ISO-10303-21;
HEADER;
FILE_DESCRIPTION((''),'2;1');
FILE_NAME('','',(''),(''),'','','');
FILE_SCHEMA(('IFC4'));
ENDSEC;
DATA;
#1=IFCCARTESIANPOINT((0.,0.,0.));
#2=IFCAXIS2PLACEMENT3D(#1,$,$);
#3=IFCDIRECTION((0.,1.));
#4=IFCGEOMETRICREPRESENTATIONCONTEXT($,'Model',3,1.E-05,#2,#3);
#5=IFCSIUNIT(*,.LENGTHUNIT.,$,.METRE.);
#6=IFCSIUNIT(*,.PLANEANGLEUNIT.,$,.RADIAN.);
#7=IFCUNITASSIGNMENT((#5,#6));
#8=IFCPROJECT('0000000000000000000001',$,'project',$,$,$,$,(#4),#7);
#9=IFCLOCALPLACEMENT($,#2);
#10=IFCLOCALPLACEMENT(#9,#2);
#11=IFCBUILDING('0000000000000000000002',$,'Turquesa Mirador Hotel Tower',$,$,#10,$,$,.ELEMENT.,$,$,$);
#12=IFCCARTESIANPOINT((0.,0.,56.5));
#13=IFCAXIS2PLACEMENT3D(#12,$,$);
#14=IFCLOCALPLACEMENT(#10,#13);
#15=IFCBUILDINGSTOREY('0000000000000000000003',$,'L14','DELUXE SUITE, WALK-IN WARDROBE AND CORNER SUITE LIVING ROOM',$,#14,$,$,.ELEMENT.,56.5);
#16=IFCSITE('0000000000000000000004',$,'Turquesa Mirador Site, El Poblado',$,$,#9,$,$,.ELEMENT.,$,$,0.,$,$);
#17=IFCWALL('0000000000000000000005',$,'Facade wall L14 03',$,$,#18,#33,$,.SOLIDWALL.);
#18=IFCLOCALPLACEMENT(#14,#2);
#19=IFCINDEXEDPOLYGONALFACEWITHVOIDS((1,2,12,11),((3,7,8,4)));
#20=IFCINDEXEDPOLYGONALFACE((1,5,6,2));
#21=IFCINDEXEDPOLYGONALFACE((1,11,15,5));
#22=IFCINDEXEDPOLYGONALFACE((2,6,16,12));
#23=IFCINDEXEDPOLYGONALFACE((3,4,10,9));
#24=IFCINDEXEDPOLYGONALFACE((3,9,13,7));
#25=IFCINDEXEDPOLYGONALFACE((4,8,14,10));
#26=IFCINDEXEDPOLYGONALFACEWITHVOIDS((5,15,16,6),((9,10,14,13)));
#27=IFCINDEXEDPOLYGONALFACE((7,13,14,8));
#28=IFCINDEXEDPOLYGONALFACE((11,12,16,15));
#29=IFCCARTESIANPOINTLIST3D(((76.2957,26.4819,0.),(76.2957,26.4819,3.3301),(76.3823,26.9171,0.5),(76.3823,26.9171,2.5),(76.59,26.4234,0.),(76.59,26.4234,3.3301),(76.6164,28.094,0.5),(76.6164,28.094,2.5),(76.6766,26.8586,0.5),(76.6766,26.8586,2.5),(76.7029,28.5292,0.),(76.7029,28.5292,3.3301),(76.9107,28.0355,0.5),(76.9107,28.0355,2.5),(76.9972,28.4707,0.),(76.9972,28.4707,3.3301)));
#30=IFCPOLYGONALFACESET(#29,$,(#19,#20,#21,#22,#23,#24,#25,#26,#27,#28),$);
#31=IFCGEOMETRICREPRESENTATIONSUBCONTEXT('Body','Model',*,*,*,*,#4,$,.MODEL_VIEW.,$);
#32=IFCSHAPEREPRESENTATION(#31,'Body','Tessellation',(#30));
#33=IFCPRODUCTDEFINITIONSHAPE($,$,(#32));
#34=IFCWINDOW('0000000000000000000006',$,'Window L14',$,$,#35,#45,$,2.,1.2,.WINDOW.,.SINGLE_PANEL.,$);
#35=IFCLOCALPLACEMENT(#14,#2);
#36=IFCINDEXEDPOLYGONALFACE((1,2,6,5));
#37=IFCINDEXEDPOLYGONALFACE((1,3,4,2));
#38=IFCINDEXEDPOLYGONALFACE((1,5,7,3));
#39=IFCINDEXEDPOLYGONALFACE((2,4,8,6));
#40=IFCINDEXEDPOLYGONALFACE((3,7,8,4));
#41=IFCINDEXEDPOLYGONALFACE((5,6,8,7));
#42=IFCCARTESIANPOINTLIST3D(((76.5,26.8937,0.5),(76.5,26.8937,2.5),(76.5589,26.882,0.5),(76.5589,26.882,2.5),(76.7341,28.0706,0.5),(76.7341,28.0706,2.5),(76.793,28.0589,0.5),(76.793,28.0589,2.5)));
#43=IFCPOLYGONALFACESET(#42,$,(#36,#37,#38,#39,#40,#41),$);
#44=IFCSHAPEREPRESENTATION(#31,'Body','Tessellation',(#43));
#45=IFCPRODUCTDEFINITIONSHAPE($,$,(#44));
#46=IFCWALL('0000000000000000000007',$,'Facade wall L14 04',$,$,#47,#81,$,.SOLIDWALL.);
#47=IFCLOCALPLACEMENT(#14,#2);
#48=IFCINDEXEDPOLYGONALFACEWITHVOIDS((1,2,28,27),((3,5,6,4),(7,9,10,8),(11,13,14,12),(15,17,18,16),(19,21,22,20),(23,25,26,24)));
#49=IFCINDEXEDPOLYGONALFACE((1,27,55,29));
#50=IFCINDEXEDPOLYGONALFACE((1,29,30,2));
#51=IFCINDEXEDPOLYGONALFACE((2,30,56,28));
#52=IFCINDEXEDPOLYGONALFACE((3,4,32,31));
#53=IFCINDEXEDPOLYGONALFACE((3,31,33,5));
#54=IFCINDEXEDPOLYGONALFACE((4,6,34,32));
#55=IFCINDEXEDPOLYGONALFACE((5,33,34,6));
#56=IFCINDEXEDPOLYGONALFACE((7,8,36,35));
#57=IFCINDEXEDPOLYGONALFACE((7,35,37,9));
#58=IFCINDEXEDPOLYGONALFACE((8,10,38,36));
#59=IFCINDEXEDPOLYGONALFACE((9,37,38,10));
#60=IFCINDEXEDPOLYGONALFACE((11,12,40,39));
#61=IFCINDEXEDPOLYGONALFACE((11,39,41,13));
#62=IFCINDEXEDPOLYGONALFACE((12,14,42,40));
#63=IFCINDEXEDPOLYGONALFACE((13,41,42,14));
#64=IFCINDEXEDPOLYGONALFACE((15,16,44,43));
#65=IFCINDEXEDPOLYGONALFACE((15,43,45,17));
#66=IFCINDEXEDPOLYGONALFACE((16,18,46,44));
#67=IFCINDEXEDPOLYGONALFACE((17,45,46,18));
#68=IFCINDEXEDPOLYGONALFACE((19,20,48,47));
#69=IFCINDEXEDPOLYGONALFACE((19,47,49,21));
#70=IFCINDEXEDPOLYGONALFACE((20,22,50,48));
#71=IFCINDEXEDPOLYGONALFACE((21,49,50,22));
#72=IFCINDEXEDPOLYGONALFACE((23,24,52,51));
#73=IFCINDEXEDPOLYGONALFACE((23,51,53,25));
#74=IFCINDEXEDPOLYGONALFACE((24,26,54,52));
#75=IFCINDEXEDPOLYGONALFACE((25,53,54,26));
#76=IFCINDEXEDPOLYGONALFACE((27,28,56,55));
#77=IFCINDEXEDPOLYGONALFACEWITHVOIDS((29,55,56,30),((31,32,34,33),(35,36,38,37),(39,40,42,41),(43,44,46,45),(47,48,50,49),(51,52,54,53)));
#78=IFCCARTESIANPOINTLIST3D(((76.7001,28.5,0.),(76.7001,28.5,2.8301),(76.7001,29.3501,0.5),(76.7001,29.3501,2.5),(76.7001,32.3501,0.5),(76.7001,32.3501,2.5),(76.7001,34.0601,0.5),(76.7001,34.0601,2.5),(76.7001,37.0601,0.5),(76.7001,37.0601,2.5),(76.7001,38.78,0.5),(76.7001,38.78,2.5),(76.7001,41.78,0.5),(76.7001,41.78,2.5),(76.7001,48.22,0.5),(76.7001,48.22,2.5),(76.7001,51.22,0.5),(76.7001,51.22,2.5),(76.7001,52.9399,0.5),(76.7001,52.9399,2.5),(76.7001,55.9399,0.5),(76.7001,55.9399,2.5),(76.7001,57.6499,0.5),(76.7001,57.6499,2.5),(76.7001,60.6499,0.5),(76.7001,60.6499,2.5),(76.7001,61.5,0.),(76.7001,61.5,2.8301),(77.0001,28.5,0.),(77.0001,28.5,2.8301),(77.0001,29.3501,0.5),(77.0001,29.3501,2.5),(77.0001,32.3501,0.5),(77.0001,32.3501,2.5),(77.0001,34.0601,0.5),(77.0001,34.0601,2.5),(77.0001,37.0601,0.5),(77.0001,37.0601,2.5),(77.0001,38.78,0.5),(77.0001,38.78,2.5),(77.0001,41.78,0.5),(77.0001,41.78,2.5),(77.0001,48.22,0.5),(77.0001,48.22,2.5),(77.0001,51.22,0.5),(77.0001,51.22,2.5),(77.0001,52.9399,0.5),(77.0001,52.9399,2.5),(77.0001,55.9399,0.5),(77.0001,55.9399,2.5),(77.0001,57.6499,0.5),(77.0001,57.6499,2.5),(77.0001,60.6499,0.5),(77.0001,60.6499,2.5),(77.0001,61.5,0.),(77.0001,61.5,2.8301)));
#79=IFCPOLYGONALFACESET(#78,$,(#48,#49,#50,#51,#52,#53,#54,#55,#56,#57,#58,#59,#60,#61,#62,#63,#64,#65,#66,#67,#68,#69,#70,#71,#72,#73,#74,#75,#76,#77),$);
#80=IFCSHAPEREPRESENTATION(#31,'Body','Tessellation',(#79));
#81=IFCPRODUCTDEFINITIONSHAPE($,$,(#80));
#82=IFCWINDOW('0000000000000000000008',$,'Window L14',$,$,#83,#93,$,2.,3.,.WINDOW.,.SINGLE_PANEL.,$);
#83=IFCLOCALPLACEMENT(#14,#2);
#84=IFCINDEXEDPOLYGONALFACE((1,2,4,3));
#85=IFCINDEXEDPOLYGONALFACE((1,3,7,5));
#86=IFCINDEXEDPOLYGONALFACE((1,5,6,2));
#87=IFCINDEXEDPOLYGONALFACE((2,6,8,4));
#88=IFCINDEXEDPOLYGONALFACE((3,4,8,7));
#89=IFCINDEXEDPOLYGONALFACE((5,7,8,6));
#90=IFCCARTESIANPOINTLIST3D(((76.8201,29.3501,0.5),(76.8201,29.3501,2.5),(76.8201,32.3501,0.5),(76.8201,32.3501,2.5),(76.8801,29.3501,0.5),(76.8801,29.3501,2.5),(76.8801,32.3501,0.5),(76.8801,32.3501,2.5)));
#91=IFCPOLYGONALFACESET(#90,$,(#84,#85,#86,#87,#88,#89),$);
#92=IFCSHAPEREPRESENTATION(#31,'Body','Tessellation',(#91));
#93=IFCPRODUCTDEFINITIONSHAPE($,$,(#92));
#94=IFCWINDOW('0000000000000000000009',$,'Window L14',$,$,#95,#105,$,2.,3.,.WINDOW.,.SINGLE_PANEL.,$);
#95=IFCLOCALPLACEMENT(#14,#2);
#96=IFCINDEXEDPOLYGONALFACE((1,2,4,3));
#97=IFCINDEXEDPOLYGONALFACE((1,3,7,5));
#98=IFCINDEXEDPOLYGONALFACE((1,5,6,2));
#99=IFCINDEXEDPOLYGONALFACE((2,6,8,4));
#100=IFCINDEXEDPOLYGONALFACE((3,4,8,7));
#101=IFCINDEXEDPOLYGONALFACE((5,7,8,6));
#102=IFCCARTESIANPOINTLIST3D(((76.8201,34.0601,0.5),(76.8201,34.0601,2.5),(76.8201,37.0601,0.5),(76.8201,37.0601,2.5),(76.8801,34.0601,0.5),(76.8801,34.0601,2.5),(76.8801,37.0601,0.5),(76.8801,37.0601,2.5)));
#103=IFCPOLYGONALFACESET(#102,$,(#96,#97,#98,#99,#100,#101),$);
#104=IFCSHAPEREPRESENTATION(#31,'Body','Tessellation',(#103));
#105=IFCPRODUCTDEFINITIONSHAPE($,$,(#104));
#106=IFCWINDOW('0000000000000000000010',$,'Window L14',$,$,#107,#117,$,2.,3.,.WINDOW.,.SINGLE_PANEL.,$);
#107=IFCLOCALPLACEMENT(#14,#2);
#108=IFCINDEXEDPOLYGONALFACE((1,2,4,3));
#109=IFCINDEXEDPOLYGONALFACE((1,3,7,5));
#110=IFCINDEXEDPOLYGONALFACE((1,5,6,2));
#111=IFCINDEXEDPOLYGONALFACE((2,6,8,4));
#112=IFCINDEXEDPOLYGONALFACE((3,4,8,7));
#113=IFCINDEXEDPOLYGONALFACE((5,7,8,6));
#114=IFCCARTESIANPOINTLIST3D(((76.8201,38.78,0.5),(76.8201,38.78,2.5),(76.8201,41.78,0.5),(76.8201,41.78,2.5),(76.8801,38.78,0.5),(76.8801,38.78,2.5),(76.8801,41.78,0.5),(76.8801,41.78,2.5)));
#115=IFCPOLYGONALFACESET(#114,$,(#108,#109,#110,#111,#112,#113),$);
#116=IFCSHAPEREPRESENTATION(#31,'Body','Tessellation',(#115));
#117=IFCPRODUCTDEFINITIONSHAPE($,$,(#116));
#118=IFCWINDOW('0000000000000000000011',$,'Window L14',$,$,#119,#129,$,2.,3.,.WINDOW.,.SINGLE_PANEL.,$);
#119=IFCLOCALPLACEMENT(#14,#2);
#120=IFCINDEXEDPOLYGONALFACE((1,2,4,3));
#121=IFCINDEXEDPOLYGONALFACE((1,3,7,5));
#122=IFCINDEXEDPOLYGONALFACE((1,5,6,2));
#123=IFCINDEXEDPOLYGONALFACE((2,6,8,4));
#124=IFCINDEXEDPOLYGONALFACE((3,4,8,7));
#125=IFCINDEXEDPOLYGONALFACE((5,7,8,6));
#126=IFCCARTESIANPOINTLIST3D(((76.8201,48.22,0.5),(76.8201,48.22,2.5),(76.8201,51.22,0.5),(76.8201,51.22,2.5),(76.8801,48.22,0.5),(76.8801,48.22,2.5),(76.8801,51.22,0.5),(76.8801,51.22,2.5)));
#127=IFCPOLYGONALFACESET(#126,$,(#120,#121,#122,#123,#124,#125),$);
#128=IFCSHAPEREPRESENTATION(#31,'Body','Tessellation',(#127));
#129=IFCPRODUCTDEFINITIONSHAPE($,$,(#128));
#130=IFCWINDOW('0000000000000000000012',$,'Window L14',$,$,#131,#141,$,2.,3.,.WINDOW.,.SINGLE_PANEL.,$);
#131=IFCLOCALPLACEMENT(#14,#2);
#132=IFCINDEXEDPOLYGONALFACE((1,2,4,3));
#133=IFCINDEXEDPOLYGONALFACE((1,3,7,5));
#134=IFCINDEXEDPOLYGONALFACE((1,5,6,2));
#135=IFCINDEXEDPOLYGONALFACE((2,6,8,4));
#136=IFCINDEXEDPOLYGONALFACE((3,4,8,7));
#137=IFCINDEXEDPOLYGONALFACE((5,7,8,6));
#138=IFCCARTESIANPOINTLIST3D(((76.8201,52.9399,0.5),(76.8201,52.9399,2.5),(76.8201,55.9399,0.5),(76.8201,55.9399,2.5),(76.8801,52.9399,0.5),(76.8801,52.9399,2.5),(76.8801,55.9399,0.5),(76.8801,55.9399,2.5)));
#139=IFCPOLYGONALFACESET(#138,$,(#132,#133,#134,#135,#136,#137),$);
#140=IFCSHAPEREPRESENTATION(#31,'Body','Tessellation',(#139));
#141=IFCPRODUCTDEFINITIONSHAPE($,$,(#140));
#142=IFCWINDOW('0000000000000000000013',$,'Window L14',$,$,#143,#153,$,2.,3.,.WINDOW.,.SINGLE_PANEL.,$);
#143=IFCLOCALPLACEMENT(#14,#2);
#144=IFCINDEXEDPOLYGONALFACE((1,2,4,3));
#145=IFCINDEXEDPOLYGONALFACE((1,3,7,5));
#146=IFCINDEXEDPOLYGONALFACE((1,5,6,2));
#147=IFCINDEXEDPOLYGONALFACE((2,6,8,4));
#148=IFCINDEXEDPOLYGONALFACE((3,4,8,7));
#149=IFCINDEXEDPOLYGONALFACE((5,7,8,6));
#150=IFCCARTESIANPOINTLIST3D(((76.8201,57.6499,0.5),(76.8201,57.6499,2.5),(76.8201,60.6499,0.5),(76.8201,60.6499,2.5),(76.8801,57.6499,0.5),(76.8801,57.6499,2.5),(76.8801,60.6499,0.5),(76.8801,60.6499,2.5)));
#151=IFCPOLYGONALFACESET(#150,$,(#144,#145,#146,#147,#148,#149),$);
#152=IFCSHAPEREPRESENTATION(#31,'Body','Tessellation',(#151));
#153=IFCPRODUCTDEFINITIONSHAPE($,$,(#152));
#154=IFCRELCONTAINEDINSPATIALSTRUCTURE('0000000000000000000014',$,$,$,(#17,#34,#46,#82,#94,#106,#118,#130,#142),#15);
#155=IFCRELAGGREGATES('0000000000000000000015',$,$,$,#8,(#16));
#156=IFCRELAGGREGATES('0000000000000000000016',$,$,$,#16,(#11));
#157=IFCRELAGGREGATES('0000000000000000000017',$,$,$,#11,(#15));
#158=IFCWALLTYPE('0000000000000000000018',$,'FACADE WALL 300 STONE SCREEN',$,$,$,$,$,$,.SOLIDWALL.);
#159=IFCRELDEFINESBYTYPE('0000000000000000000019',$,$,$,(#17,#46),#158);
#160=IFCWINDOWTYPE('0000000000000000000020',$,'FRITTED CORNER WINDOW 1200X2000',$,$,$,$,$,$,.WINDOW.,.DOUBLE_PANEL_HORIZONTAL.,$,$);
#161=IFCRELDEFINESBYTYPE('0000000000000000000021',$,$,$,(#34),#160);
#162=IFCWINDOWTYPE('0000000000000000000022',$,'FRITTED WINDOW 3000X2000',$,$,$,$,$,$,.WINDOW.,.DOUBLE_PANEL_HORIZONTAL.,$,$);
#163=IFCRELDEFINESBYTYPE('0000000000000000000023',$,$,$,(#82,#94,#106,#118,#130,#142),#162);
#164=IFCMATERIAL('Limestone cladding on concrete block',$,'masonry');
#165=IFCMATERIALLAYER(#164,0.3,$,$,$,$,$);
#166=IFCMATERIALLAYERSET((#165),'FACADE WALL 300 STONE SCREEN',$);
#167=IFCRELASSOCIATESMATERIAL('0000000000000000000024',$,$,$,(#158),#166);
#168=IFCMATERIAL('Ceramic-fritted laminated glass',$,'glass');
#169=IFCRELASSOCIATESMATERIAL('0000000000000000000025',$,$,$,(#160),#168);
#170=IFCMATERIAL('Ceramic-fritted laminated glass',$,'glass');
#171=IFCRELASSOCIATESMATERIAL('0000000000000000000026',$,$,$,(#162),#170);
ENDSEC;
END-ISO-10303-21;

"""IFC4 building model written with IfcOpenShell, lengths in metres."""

from ifc_helpers import new_model, si_unit, direction, frame, frame_2d, origin, place, context, subcontext, project, spatial, rectangle, extrude, material, layer, layer_set, type_object, element, fill, save


model = new_model("IFC4")

# Units and contexts
model_context = context("Model", 3, precision=1e-05, world=origin(), true_north=direction((0.0, 1.0)))
body_context = subcontext(model_context, "Body", "Model", "MODEL_VIEW")
ifc_project = project(units=[si_unit("LENGTHUNIT", "METRE"), si_unit("PLANEANGLEUNIT", "RADIAN")], contexts=[model_context])

# Site, building, storey
site_placement = place(None, origin())
site = spatial("IfcSite", under=ifc_project, at=site_placement, Name="Turquesa Mirador Site, El Poblado", CompositionType="ELEMENT", RefElevation=0.0)
building_placement = place(site_placement, origin())
building = spatial("IfcBuilding", under=site, at=building_placement, Name="Turquesa Mirador Hotel Tower", CompositionType="ELEMENT")
storey_placement = place(building_placement, frame((0.0, 0.0, 56.5)))
storey = spatial("IfcBuildingStorey", under=building, at=storey_placement, Name="L14", Description="DELUXE SUITE, WALK-IN WARDROBE AND CORNER SUITE LIVING ROOM", CompositionType="ELEMENT", Elevation=56.5)

# Wall, opening, window
ifc_material_1 = material(Name="Limestone cladding on concrete block", Category="masonry")
ifc_layer_1 = layer(ifc_material_1, 0.3)
ifc_layer_set_1 = layer_set([ifc_layer_1], Name="FACADE WALL 300 STONE SCREEN")
wall_type_1 = type_object("IfcWallType", Name="FACADE WALL 300 STONE SCREEN", PredefinedType="SOLIDWALL", material=ifc_layer_set_1)
ifc_material_2 = material(Name="Ceramic-fritted laminated glass", Category="glass")
window_type_1 = type_object("IfcWindowType", Name="FRITTED CORNER WINDOW 1200X2000", PartitioningType="DOUBLE_PANEL_HORIZONTAL", PredefinedType="WINDOW", material=ifc_material_2)
wall_1_placement = place(storey_placement, frame((76.4429, 26.4526, 0.0), z_axis=(0.0, 0.0, 1.0), x_axis=(0.195081, 0.980787, 0.0)))
wall_1 = element("IfcWall", 1, at=wall_1_placement, inside=storey, type_object=wall_type_1, Name="Facade wall L14 03", PredefinedType="SOLIDWALL", context=body_context, shape_type="SweptSolid", body=[
    extrude(rectangle(XDim=2.0874, YDim=0.3, at=frame_2d((1.0437, 0.0))), origin(), (0.0, 0.0, 1.0), 3.3301),
])
opening_1_placement = place(wall_1_placement, frame((0.4436, 0.0, 0.5)))
opening_1 = element("IfcOpeningElement", 2, at=opening_1_placement, cuts=wall_1, PredefinedType="OPENING", context=body_context, shape_type="SweptSolid", body=[
    extrude(rectangle(XDim=1.2, YDim=2.0, at=frame_2d((0.6001, 1.0))), frame((0.0, 0.1599, 0.0), z_axis=(0.0, -1.0, 0.0), x_axis=(1.0, 0.0, 0.0)), (0.0, 0.0, 1.0), 0.3201),
])
window_1_placement = place(opening_1_placement, origin())
window_1 = element("IfcWindow", 3, at=window_1_placement, inside=storey, type_object=window_type_1, Name="Window L14", OverallHeight=2.0, OverallWidth=1.2, PartitioningType="SINGLE_PANEL", PredefinedType="WINDOW", context=body_context, shape_type="SweptSolid", body=[
    extrude(rectangle(XDim=1.2, YDim=2.0, at=frame_2d((0.6001, 1.0))), frame((0.0, 0.03, 0.0), z_axis=(0.0, -1.0, 0.0), x_axis=(1.0, 0.0, 0.0)), (0.0, 0.0, 1.0), 0.0601),
])
fill(opening_1, window_1)

# Wall, openings, windows
wall_2_placement = place(storey_placement, frame((76.8501, 28.5, 0.0), z_axis=(0.0, 0.0, 1.0), x_axis=(0.0, 1.0, 0.0)))
wall_2 = element("IfcWall", 4, at=wall_2_placement, inside=storey, type_object=wall_type_1, Name="Facade wall L14 04", PredefinedType="SOLIDWALL", context=body_context, shape_type="SweptSolid", body=[
    extrude(rectangle(XDim=33.0, YDim=0.3, at=frame_2d((16.5, 0.0))), origin(), (0.0, 0.0, 1.0), 2.8301),
])
opening_2_placement = place(wall_2_placement, frame((0.8501, 0.0, 0.5)))
opening_2 = element("IfcOpeningElement", 5, at=opening_2_placement, cuts=wall_2, PredefinedType="OPENING", context=body_context, shape_type="SweptSolid", body=[
    extrude(rectangle(XDim=3.0, YDim=2.0, at=frame_2d((1.5, 1.0))), frame((0.0, 0.1599, 0.0), z_axis=(0.0, -1.0, 0.0), x_axis=(1.0, 0.0, 0.0)), (0.0, 0.0, 1.0), 0.3201),
])
opening_3_placement = place(wall_2_placement, frame((5.5601, 0.0, 0.5)))
opening_3 = element("IfcOpeningElement", 6, at=opening_3_placement, cuts=wall_2, PredefinedType="OPENING", context=body_context, shape_type="SweptSolid", body=[
    extrude(rectangle(XDim=3.0, YDim=2.0, at=frame_2d((1.5, 1.0))), frame((0.0, 0.1599, 0.0), z_axis=(0.0, -1.0, 0.0), x_axis=(1.0, 0.0, 0.0)), (0.0, 0.0, 1.0), 0.3201),
])
opening_4_placement = place(wall_2_placement, frame((10.28, 0.0, 0.5)))
opening_4 = element("IfcOpeningElement", 7, at=opening_4_placement, cuts=wall_2, PredefinedType="OPENING", context=body_context, shape_type="SweptSolid", body=[
    extrude(rectangle(XDim=3.0, YDim=2.0, at=frame_2d((1.5, 1.0))), frame((0.0, 0.1599, 0.0), z_axis=(0.0, -1.0, 0.0), x_axis=(1.0, 0.0, 0.0)), (0.0, 0.0, 1.0), 0.3201),
])
opening_5_placement = place(wall_2_placement, frame((19.72, 0.0, 0.5)))
opening_5 = element("IfcOpeningElement", 8, at=opening_5_placement, cuts=wall_2, PredefinedType="OPENING", context=body_context, shape_type="SweptSolid", body=[
    extrude(rectangle(XDim=3.0, YDim=2.0, at=frame_2d((1.5, 1.0))), frame((0.0, 0.1599, 0.0), z_axis=(0.0, -1.0, 0.0), x_axis=(1.0, 0.0, 0.0)), (0.0, 0.0, 1.0), 0.3201),
])
opening_6_placement = place(wall_2_placement, frame((24.4399, 0.0, 0.5)))
opening_6 = element("IfcOpeningElement", 9, at=opening_6_placement, cuts=wall_2, PredefinedType="OPENING", context=body_context, shape_type="SweptSolid", body=[
    extrude(rectangle(XDim=3.0, YDim=2.0, at=frame_2d((1.5, 1.0))), frame((0.0, 0.1599, 0.0), z_axis=(0.0, -1.0, 0.0), x_axis=(1.0, 0.0, 0.0)), (0.0, 0.0, 1.0), 0.3201),
])
opening_7_placement = place(wall_2_placement, frame((29.1499, 0.0, 0.5)))
opening_7 = element("IfcOpeningElement", 10, at=opening_7_placement, cuts=wall_2, PredefinedType="OPENING", context=body_context, shape_type="SweptSolid", body=[
    extrude(rectangle(XDim=3.0, YDim=2.0, at=frame_2d((1.5, 1.0))), frame((0.0, 0.1599, 0.0), z_axis=(0.0, -1.0, 0.0), x_axis=(1.0, 0.0, 0.0)), (0.0, 0.0, 1.0), 0.3201),
])
ifc_material_3 = material(Name="Ceramic-fritted laminated glass", Category="glass")
window_type_2 = type_object("IfcWindowType", Name="FRITTED WINDOW 3000X2000", PartitioningType="DOUBLE_PANEL_HORIZONTAL", PredefinedType="WINDOW", material=ifc_material_3)
window_2_placement = place(opening_2_placement, origin())
window_2 = element("IfcWindow", 11, at=window_2_placement, inside=storey, type_object=window_type_2, Name="Window L14", OverallHeight=2.0, OverallWidth=3.0, PartitioningType="SINGLE_PANEL", PredefinedType="WINDOW", context=body_context, shape_type="SweptSolid", body=[
    extrude(rectangle(XDim=3.0, YDim=2.0, at=frame_2d((1.5, 1.0))), frame((0.0, 0.03, 0.0), z_axis=(0.0, -1.0, 0.0), x_axis=(1.0, 0.0, 0.0)), (0.0, 0.0, 1.0), 0.0601),
])
fill(opening_2, window_2)
window_3_placement = place(opening_3_placement, origin())
window_3 = element("IfcWindow", 12, at=window_3_placement, inside=storey, type_object=window_type_2, Name="Window L14", OverallHeight=2.0, OverallWidth=3.0, PartitioningType="SINGLE_PANEL", PredefinedType="WINDOW", context=body_context, shape_type="SweptSolid", body=[
    extrude(rectangle(XDim=3.0, YDim=2.0, at=frame_2d((1.5, 1.0))), frame((0.0, 0.03, 0.0), z_axis=(0.0, -1.0, 0.0), x_axis=(1.0, 0.0, 0.0)), (0.0, 0.0, 1.0), 0.0601),
])
fill(opening_3, window_3)
window_4_placement = place(opening_4_placement, origin())
window_4 = element("IfcWindow", 13, at=window_4_placement, inside=storey, type_object=window_type_2, Name="Window L14", OverallHeight=2.0, OverallWidth=3.0, PartitioningType="SINGLE_PANEL", PredefinedType="WINDOW", context=body_context, shape_type="SweptSolid", body=[
    extrude(rectangle(XDim=3.0, YDim=2.0, at=frame_2d((1.5, 1.0))), frame((0.0, 0.03, 0.0), z_axis=(0.0, -1.0, 0.0), x_axis=(1.0, 0.0, 0.0)), (0.0, 0.0, 1.0), 0.0601),
])
fill(opening_4, window_4)
window_5_placement = place(opening_5_placement, origin())
window_5 = element("IfcWindow", 14, at=window_5_placement, inside=storey, type_object=window_type_2, Name="Window L14", OverallHeight=2.0, OverallWidth=3.0, PartitioningType="SINGLE_PANEL", PredefinedType="WINDOW", context=body_context, shape_type="SweptSolid", body=[
    extrude(rectangle(XDim=3.0, YDim=2.0, at=frame_2d((1.5, 1.0))), frame((0.0, 0.03, 0.0), z_axis=(0.0, -1.0, 0.0), x_axis=(1.0, 0.0, 0.0)), (0.0, 0.0, 1.0), 0.0601),
])
fill(opening_5, window_5)
window_6_placement = place(opening_6_placement, origin())
window_6 = element("IfcWindow", 15, at=window_6_placement, inside=storey, type_object=window_type_2, Name="Window L14", OverallHeight=2.0, OverallWidth=3.0, PartitioningType="SINGLE_PANEL", PredefinedType="WINDOW", context=body_context, shape_type="SweptSolid", body=[
    extrude(rectangle(XDim=3.0, YDim=2.0, at=frame_2d((1.5, 1.0))), frame((0.0, 0.03, 0.0), z_axis=(0.0, -1.0, 0.0), x_axis=(1.0, 0.0, 0.0)), (0.0, 0.0, 1.0), 0.0601),
])
fill(opening_6, window_6)
window_7_placement = place(opening_7_placement, origin())
window_7 = element("IfcWindow", 16, at=window_7_placement, inside=storey, type_object=window_type_2, Name="Window L14", OverallHeight=2.0, OverallWidth=3.0, PartitioningType="SINGLE_PANEL", PredefinedType="WINDOW", context=body_context, shape_type="SweptSolid", body=[
    extrude(rectangle(XDim=3.0, YDim=2.0, at=frame_2d((1.5, 1.0))), frame((0.0, 0.03, 0.0), z_axis=(0.0, -1.0, 0.0), x_axis=(1.0, 0.0, 0.0)), (0.0, 0.0, 1.0), 0.0601),
])
fill(opening_7, window_7)

save(model, "model.ifc")
